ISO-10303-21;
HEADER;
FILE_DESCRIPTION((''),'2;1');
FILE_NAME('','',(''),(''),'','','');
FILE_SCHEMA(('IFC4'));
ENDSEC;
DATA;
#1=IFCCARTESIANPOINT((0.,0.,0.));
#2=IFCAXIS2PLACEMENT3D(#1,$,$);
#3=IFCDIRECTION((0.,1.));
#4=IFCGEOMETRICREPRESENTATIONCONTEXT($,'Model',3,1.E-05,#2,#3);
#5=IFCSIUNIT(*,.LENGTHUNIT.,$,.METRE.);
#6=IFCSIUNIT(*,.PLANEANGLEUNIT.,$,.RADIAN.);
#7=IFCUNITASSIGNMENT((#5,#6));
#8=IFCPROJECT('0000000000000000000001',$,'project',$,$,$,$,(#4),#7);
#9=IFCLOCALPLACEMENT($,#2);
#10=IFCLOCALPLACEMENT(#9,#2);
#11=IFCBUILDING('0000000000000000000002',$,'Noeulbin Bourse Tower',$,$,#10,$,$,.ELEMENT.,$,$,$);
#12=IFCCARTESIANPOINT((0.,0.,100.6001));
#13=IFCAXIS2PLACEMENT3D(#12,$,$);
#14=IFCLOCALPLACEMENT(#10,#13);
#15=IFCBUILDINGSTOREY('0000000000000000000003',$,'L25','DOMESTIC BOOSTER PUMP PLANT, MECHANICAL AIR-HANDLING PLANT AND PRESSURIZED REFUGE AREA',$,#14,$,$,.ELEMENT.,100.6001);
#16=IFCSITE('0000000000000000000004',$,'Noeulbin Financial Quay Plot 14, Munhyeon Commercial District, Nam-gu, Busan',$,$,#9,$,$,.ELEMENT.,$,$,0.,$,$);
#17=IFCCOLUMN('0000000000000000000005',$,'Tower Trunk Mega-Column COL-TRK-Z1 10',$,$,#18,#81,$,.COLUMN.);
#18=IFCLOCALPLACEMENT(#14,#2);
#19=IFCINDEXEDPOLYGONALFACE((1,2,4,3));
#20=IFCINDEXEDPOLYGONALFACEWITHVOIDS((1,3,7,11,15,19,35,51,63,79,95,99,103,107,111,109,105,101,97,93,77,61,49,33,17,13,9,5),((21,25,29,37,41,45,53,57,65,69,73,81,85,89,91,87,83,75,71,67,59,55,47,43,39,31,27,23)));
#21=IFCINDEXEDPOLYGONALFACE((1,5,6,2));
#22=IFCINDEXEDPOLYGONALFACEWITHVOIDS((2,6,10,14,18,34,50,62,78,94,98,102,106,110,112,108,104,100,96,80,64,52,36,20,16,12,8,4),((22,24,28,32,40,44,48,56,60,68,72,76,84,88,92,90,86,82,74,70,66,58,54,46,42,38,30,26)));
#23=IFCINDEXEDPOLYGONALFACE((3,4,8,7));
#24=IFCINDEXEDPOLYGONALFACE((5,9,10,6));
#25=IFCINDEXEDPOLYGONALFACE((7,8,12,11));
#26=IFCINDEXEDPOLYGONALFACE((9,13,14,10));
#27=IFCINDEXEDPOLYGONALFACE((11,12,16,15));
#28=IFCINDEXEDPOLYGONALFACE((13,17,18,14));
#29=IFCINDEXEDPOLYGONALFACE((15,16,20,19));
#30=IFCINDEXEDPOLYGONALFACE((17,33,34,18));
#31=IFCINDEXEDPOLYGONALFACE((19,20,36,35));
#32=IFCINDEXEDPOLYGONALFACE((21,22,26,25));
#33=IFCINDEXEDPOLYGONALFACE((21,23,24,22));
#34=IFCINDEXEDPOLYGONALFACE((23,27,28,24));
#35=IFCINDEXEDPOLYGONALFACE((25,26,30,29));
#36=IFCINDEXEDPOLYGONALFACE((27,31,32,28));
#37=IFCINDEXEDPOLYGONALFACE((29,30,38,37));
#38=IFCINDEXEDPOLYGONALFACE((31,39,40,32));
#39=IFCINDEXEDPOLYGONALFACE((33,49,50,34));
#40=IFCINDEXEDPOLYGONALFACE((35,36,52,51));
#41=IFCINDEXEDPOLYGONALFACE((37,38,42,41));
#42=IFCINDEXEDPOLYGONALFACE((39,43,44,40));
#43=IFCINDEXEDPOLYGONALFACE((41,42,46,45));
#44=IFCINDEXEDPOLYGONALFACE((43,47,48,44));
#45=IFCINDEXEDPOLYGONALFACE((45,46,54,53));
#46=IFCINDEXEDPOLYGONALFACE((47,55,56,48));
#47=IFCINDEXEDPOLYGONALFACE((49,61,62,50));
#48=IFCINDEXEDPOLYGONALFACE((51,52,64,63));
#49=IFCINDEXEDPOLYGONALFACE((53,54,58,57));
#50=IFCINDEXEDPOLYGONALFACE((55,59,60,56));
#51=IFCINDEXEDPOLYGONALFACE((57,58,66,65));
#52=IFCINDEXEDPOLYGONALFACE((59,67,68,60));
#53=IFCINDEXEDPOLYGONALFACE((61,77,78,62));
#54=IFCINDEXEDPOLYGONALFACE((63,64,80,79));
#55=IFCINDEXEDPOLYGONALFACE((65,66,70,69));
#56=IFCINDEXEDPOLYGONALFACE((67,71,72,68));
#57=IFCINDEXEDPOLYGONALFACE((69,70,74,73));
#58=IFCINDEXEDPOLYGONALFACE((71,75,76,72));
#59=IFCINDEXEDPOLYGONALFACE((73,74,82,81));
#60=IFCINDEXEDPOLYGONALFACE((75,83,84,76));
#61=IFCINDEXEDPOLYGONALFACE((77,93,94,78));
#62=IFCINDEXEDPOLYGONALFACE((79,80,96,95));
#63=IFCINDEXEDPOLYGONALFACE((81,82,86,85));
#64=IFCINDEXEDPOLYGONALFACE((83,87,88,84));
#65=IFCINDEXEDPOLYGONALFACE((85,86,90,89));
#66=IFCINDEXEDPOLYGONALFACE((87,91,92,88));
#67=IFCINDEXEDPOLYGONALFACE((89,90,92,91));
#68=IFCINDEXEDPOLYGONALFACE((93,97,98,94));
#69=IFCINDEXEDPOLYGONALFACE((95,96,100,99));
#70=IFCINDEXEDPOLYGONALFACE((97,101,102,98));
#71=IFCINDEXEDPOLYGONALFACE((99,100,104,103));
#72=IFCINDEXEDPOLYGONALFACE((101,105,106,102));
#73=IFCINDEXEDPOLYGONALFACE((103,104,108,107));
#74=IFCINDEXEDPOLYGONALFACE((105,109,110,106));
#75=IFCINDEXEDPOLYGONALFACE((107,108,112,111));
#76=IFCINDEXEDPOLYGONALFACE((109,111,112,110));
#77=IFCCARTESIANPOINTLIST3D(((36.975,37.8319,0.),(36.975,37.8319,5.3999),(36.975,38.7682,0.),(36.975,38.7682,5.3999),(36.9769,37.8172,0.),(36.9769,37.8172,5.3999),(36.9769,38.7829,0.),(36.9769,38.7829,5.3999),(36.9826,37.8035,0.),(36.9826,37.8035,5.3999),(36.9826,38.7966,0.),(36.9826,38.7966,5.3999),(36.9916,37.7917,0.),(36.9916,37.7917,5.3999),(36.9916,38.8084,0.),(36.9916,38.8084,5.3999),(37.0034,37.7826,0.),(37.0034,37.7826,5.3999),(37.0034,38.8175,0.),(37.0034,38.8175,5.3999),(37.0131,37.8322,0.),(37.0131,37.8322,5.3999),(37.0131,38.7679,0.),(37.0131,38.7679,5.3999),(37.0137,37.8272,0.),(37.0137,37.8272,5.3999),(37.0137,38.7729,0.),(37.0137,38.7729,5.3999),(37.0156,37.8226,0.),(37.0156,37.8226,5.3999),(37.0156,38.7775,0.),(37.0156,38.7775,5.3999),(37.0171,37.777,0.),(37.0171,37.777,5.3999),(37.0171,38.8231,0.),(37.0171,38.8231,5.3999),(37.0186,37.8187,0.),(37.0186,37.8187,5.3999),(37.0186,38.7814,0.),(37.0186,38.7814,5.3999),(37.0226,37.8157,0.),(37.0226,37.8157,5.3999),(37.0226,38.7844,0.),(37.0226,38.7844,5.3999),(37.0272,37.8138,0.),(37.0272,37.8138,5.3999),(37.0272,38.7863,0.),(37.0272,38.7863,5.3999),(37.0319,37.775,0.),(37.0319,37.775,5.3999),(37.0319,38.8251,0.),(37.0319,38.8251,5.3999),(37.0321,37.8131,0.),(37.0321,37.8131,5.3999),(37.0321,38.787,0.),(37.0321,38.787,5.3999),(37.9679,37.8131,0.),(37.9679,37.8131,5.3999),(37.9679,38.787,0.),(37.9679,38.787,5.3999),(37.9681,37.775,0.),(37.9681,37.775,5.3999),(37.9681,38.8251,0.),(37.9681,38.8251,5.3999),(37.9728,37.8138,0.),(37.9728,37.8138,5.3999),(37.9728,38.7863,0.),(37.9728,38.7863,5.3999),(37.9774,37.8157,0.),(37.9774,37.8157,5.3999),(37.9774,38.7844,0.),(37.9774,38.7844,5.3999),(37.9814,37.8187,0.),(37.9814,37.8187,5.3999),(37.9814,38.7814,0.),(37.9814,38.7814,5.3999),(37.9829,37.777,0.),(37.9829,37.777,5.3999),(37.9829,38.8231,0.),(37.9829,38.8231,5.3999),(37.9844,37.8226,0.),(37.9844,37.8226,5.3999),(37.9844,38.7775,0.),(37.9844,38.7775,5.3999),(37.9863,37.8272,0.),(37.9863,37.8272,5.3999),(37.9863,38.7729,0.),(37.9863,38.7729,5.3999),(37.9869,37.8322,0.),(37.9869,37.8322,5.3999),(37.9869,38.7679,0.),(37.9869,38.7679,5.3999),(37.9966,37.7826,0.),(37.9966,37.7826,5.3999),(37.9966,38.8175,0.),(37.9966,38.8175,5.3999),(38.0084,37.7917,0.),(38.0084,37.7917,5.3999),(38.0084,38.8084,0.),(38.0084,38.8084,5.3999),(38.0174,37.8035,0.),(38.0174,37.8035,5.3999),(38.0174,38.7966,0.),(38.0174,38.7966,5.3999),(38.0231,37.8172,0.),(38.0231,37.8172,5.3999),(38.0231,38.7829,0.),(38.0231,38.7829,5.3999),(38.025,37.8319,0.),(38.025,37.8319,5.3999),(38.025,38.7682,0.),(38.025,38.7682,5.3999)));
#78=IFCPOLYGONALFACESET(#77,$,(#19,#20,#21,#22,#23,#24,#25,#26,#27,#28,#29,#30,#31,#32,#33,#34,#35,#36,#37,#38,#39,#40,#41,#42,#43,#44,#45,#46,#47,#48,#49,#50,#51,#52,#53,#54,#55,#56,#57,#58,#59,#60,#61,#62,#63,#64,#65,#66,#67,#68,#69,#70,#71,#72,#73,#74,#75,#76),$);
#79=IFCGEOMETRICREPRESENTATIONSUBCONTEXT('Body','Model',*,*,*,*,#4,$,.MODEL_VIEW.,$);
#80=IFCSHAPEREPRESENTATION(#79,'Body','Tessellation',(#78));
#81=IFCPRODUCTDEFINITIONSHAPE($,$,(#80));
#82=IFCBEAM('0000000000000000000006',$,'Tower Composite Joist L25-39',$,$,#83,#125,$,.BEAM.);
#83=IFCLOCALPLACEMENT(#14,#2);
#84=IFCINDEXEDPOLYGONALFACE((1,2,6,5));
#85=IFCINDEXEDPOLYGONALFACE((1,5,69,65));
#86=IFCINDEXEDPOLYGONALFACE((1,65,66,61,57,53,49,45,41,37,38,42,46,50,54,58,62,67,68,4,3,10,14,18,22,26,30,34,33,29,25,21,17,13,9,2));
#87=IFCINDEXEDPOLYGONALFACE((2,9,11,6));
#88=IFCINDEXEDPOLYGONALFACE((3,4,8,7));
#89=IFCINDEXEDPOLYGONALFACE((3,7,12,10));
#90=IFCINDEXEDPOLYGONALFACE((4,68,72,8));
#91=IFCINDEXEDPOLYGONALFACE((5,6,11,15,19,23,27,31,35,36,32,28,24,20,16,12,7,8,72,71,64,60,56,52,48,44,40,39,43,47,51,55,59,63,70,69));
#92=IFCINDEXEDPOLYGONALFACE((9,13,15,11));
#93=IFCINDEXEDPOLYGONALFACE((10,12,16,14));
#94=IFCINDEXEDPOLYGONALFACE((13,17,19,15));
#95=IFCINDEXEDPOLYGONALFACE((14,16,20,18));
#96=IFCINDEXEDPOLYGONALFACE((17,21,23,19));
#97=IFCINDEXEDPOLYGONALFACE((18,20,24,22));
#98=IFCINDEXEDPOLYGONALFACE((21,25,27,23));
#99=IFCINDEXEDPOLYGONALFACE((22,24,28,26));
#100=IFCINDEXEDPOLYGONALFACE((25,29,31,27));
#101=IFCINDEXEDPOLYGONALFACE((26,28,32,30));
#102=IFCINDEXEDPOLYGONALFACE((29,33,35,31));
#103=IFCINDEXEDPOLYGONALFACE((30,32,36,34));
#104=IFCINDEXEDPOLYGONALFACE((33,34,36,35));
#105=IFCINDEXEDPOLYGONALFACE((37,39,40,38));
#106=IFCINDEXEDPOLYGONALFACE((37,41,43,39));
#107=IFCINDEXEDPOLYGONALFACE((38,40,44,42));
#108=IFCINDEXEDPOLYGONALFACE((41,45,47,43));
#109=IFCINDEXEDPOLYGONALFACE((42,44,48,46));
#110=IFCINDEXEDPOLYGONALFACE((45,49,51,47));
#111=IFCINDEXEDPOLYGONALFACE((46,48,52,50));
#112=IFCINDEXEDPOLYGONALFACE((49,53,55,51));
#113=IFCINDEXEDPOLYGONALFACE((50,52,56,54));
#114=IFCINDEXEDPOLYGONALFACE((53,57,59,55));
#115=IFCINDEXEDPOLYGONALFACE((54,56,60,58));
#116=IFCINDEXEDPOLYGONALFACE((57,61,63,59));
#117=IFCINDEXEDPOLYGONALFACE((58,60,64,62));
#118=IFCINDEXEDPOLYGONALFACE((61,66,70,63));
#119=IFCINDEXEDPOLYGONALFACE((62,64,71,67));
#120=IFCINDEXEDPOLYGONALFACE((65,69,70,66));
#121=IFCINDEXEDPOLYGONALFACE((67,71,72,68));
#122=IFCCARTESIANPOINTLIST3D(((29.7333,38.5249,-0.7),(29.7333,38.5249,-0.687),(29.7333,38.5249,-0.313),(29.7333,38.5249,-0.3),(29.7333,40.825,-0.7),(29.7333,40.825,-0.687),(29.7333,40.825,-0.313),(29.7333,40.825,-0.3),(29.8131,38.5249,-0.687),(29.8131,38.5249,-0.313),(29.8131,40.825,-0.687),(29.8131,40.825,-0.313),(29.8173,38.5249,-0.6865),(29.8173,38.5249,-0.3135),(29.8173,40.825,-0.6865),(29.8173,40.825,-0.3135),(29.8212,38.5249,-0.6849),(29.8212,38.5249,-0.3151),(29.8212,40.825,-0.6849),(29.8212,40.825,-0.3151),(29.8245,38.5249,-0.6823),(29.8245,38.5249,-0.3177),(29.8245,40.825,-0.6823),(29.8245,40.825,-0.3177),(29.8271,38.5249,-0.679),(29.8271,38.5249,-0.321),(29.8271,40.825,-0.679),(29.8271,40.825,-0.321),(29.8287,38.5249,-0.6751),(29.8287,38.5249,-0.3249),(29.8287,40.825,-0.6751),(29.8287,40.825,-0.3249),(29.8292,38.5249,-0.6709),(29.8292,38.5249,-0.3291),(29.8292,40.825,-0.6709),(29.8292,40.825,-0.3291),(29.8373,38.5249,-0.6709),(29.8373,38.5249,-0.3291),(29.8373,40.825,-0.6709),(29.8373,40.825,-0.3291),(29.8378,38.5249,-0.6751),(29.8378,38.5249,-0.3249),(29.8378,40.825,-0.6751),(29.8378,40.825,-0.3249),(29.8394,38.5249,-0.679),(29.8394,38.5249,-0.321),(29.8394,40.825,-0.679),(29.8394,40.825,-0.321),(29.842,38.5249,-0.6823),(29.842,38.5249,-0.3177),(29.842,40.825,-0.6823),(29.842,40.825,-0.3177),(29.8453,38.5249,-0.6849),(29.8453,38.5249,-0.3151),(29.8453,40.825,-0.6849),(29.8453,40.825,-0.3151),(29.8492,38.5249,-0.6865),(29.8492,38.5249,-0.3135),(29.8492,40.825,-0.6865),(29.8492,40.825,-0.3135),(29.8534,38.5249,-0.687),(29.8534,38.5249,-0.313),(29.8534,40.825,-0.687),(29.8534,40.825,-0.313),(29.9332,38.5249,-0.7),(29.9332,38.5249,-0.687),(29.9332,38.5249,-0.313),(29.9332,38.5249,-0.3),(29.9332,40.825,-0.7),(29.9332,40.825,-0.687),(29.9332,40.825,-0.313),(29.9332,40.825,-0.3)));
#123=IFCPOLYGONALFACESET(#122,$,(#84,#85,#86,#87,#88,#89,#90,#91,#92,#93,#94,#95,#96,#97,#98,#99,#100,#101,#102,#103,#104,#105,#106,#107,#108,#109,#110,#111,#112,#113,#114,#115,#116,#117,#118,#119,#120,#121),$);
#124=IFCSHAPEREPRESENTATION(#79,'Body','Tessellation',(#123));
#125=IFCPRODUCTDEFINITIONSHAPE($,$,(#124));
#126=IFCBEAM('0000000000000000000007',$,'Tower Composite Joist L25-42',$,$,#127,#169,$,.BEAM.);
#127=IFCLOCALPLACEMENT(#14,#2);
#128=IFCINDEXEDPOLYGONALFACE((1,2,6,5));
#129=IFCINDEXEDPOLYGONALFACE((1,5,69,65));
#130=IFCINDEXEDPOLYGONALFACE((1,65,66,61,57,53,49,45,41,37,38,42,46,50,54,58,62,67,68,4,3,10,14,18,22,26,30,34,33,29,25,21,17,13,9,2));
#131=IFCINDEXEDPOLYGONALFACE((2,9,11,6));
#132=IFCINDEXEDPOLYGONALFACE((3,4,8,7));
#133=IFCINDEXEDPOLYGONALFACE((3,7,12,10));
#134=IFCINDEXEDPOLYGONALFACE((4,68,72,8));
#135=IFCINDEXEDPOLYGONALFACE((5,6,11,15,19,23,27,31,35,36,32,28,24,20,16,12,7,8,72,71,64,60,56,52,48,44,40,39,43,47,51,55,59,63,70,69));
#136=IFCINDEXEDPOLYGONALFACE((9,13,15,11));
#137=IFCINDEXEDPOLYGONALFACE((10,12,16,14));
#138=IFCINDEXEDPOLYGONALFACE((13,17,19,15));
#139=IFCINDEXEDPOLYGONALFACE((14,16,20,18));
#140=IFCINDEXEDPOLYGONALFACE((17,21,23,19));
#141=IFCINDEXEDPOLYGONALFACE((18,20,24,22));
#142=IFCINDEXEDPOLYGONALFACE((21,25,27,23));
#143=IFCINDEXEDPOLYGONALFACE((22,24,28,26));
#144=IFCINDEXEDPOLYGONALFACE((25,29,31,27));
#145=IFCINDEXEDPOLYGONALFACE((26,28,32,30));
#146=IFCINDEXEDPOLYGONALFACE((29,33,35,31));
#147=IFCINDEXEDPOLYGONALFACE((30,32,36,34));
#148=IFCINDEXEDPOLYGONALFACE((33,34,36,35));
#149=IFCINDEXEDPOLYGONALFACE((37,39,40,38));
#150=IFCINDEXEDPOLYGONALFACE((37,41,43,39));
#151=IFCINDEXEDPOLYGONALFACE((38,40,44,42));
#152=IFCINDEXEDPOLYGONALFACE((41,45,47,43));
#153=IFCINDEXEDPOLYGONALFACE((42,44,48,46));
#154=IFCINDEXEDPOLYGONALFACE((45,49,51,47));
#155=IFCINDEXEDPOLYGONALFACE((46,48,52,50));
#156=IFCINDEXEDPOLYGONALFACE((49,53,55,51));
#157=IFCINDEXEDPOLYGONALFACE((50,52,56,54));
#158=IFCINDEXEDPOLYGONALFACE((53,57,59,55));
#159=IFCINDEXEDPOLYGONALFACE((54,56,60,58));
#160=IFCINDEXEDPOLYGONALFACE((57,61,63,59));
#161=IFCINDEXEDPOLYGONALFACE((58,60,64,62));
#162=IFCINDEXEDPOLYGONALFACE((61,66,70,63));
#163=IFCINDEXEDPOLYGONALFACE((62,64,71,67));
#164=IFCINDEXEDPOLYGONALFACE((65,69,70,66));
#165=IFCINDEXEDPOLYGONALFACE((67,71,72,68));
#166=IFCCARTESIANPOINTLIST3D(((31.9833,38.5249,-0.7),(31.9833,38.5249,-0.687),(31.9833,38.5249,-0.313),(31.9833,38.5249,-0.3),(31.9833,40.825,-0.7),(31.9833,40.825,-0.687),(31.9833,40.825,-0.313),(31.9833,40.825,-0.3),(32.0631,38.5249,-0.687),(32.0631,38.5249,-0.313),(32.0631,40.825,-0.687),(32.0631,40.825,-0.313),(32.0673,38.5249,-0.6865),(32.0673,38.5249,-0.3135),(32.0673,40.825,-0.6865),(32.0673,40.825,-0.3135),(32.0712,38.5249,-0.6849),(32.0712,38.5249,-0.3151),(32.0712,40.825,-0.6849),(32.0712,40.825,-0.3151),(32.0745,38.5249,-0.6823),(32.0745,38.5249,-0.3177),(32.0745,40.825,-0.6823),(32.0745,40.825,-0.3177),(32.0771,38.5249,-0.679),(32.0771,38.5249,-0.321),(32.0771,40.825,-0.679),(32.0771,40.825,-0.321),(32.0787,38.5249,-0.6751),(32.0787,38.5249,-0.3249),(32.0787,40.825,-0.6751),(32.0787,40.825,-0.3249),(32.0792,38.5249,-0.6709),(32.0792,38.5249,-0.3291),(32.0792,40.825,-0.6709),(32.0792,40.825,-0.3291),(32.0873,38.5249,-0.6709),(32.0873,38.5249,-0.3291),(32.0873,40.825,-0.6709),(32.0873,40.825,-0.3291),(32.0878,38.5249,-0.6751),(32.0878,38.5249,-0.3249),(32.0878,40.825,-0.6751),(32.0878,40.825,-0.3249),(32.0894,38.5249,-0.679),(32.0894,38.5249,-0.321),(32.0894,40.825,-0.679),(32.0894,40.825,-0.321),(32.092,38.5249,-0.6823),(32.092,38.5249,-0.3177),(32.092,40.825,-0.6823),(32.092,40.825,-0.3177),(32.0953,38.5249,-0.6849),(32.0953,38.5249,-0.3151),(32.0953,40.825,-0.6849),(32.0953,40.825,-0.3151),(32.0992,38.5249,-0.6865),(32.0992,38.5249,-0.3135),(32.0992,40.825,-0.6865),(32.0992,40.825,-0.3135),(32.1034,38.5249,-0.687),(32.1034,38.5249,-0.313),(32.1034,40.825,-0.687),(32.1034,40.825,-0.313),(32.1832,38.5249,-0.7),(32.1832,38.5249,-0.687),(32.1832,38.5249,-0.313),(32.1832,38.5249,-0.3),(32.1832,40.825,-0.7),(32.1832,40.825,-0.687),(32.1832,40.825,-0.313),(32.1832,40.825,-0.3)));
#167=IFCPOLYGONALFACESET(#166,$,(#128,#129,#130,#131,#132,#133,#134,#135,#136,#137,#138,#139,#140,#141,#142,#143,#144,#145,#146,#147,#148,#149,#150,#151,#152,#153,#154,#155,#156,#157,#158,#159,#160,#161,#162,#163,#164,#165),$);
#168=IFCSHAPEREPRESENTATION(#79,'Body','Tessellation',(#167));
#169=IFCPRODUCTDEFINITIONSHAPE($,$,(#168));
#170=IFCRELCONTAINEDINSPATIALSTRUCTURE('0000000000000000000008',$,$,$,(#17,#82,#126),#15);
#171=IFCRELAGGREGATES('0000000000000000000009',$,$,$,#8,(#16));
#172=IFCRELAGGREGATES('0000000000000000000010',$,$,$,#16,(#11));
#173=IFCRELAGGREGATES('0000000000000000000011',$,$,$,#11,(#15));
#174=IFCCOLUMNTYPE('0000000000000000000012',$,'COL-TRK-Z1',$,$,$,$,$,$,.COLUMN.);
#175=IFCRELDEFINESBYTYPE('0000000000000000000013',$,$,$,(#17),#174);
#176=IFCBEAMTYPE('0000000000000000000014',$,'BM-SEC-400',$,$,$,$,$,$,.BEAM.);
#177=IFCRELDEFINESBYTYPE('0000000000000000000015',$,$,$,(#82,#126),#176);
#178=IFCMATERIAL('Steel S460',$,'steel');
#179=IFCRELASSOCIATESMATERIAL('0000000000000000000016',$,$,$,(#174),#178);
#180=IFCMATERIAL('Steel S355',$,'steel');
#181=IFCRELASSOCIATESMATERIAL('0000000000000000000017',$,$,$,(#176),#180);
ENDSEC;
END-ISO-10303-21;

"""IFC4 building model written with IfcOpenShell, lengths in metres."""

from ifc_helpers import new_model, si_unit, direction, frame, origin, origin_2d, place, context, subcontext, project, spatial, hollow_rectangle, i_section, extrude, material, material_profile, profile_set, type_object, element, save


model = new_model("IFC4")

# Units and contexts
model_context = context("Model", 3, precision=1e-05, world=origin(), true_north=direction((0.0, 1.0)))
body_context = subcontext(model_context, "Body", "Model", "MODEL_VIEW")
ifc_project = project(units=[si_unit("LENGTHUNIT", "METRE"), si_unit("PLANEANGLEUNIT", "RADIAN")], contexts=[model_context])

# Site, building, storey
site_placement = place(None, origin())
site = spatial("IfcSite", under=ifc_project, at=site_placement, Name="Noeulbin Financial Quay Plot 14, Munhyeon Commercial District, Nam-gu, Busan", CompositionType="ELEMENT", RefElevation=0.0)
building_placement = place(site_placement, origin())
building = spatial("IfcBuilding", under=site, at=building_placement, Name="Noeulbin Bourse Tower", CompositionType="ELEMENT")
storey_placement = place(building_placement, frame((0.0, 0.0, 100.6001)))
storey = spatial("IfcBuildingStorey", under=building, at=storey_placement, Name="L25", Description="DOMESTIC BOOSTER PUMP PLANT, MECHANICAL AIR-HANDLING PLANT AND PRESSURIZED REFUGE AREA", CompositionType="ELEMENT", Elevation=100.6001)

# Column
ifc_material_1 = material(Name="Steel S460", Category="steel")
ifc_material_profile_1 = material_profile(ifc_material_1, hollow_rectangle(XDim=1.05, YDim=1.05, WallThickness=0.0381, InnerFilletRadius=0.019, OuterFilletRadius=0.0569, at=origin_2d()), Name="BOX-1050x1050x38", Category="LoadBearing")
ifc_profile_set_1 = profile_set([ifc_material_profile_1], Name="Steel S460")
column_type_1 = type_object("IfcColumnType", Name="COL-TRK-Z1", PredefinedType="COLUMN", material=ifc_profile_set_1)
column_placement = place(storey_placement, frame((37.5, 38.3, 0.0), z_axis=(0.0, 0.0, 1.0), x_axis=(1.0, 0.0, 0.0)))
element("IfcColumn", 1, at=column_placement, inside=storey, type_object=column_type_1, Name="Tower Trunk Mega-Column COL-TRK-Z1 10", PredefinedType="COLUMN", context=body_context, shape_type="SweptSolid", body=[
    extrude(hollow_rectangle(XDim=1.05, YDim=1.05, WallThickness=0.0381, InnerFilletRadius=0.019, OuterFilletRadius=0.0569, at=origin_2d()), origin(), (0.0, 0.0, 1.0), 5.3999),
])

# Beams
ifc_material_2 = material(Name="Steel S355", Category="steel")
ifc_material_profile_2 = material_profile(ifc_material_2, i_section(OverallWidth=0.2, OverallDepth=0.3999, WebThickness=0.0081, FlangeThickness=0.0129, FilletRadius=0.0161, at=origin_2d()), Name="H-400x200x8x13", Category="LoadBearing")
ifc_profile_set_2 = profile_set([ifc_material_profile_2], Name="Steel S355")
beam_type_1 = type_object("IfcBeamType", Name="BM-SEC-400", PredefinedType="BEAM", material=ifc_profile_set_2)
for number, where, z_axis, x_axis, name in (
    (2, (29.8333, 38.5249, -0.5), (0.0, 1.0, 0.0), (-1.0, 0.0, 0.0), "Tower Composite Joist L25-39"),
    (3, (32.0833, 38.5249, -0.5), (0.0, 1.0, 0.0), (-1.0, 0.0, 0.0), "Tower Composite Joist L25-42"),
):
    element("IfcBeam", number, at=place(storey_placement, frame(where, z_axis=z_axis, x_axis=x_axis)), inside=storey, type_object=beam_type_1, Name=name, PredefinedType="BEAM", context=body_context, shape_type="SweptSolid", body=[
        extrude(i_section(OverallWidth=0.2, OverallDepth=0.3999, WebThickness=0.0081, FlangeThickness=0.0129, FilletRadius=0.0161, at=origin_2d()), origin(), (0.0, 0.0, 1.0), 2.3),
    ])

save(model, "model.ifc")
